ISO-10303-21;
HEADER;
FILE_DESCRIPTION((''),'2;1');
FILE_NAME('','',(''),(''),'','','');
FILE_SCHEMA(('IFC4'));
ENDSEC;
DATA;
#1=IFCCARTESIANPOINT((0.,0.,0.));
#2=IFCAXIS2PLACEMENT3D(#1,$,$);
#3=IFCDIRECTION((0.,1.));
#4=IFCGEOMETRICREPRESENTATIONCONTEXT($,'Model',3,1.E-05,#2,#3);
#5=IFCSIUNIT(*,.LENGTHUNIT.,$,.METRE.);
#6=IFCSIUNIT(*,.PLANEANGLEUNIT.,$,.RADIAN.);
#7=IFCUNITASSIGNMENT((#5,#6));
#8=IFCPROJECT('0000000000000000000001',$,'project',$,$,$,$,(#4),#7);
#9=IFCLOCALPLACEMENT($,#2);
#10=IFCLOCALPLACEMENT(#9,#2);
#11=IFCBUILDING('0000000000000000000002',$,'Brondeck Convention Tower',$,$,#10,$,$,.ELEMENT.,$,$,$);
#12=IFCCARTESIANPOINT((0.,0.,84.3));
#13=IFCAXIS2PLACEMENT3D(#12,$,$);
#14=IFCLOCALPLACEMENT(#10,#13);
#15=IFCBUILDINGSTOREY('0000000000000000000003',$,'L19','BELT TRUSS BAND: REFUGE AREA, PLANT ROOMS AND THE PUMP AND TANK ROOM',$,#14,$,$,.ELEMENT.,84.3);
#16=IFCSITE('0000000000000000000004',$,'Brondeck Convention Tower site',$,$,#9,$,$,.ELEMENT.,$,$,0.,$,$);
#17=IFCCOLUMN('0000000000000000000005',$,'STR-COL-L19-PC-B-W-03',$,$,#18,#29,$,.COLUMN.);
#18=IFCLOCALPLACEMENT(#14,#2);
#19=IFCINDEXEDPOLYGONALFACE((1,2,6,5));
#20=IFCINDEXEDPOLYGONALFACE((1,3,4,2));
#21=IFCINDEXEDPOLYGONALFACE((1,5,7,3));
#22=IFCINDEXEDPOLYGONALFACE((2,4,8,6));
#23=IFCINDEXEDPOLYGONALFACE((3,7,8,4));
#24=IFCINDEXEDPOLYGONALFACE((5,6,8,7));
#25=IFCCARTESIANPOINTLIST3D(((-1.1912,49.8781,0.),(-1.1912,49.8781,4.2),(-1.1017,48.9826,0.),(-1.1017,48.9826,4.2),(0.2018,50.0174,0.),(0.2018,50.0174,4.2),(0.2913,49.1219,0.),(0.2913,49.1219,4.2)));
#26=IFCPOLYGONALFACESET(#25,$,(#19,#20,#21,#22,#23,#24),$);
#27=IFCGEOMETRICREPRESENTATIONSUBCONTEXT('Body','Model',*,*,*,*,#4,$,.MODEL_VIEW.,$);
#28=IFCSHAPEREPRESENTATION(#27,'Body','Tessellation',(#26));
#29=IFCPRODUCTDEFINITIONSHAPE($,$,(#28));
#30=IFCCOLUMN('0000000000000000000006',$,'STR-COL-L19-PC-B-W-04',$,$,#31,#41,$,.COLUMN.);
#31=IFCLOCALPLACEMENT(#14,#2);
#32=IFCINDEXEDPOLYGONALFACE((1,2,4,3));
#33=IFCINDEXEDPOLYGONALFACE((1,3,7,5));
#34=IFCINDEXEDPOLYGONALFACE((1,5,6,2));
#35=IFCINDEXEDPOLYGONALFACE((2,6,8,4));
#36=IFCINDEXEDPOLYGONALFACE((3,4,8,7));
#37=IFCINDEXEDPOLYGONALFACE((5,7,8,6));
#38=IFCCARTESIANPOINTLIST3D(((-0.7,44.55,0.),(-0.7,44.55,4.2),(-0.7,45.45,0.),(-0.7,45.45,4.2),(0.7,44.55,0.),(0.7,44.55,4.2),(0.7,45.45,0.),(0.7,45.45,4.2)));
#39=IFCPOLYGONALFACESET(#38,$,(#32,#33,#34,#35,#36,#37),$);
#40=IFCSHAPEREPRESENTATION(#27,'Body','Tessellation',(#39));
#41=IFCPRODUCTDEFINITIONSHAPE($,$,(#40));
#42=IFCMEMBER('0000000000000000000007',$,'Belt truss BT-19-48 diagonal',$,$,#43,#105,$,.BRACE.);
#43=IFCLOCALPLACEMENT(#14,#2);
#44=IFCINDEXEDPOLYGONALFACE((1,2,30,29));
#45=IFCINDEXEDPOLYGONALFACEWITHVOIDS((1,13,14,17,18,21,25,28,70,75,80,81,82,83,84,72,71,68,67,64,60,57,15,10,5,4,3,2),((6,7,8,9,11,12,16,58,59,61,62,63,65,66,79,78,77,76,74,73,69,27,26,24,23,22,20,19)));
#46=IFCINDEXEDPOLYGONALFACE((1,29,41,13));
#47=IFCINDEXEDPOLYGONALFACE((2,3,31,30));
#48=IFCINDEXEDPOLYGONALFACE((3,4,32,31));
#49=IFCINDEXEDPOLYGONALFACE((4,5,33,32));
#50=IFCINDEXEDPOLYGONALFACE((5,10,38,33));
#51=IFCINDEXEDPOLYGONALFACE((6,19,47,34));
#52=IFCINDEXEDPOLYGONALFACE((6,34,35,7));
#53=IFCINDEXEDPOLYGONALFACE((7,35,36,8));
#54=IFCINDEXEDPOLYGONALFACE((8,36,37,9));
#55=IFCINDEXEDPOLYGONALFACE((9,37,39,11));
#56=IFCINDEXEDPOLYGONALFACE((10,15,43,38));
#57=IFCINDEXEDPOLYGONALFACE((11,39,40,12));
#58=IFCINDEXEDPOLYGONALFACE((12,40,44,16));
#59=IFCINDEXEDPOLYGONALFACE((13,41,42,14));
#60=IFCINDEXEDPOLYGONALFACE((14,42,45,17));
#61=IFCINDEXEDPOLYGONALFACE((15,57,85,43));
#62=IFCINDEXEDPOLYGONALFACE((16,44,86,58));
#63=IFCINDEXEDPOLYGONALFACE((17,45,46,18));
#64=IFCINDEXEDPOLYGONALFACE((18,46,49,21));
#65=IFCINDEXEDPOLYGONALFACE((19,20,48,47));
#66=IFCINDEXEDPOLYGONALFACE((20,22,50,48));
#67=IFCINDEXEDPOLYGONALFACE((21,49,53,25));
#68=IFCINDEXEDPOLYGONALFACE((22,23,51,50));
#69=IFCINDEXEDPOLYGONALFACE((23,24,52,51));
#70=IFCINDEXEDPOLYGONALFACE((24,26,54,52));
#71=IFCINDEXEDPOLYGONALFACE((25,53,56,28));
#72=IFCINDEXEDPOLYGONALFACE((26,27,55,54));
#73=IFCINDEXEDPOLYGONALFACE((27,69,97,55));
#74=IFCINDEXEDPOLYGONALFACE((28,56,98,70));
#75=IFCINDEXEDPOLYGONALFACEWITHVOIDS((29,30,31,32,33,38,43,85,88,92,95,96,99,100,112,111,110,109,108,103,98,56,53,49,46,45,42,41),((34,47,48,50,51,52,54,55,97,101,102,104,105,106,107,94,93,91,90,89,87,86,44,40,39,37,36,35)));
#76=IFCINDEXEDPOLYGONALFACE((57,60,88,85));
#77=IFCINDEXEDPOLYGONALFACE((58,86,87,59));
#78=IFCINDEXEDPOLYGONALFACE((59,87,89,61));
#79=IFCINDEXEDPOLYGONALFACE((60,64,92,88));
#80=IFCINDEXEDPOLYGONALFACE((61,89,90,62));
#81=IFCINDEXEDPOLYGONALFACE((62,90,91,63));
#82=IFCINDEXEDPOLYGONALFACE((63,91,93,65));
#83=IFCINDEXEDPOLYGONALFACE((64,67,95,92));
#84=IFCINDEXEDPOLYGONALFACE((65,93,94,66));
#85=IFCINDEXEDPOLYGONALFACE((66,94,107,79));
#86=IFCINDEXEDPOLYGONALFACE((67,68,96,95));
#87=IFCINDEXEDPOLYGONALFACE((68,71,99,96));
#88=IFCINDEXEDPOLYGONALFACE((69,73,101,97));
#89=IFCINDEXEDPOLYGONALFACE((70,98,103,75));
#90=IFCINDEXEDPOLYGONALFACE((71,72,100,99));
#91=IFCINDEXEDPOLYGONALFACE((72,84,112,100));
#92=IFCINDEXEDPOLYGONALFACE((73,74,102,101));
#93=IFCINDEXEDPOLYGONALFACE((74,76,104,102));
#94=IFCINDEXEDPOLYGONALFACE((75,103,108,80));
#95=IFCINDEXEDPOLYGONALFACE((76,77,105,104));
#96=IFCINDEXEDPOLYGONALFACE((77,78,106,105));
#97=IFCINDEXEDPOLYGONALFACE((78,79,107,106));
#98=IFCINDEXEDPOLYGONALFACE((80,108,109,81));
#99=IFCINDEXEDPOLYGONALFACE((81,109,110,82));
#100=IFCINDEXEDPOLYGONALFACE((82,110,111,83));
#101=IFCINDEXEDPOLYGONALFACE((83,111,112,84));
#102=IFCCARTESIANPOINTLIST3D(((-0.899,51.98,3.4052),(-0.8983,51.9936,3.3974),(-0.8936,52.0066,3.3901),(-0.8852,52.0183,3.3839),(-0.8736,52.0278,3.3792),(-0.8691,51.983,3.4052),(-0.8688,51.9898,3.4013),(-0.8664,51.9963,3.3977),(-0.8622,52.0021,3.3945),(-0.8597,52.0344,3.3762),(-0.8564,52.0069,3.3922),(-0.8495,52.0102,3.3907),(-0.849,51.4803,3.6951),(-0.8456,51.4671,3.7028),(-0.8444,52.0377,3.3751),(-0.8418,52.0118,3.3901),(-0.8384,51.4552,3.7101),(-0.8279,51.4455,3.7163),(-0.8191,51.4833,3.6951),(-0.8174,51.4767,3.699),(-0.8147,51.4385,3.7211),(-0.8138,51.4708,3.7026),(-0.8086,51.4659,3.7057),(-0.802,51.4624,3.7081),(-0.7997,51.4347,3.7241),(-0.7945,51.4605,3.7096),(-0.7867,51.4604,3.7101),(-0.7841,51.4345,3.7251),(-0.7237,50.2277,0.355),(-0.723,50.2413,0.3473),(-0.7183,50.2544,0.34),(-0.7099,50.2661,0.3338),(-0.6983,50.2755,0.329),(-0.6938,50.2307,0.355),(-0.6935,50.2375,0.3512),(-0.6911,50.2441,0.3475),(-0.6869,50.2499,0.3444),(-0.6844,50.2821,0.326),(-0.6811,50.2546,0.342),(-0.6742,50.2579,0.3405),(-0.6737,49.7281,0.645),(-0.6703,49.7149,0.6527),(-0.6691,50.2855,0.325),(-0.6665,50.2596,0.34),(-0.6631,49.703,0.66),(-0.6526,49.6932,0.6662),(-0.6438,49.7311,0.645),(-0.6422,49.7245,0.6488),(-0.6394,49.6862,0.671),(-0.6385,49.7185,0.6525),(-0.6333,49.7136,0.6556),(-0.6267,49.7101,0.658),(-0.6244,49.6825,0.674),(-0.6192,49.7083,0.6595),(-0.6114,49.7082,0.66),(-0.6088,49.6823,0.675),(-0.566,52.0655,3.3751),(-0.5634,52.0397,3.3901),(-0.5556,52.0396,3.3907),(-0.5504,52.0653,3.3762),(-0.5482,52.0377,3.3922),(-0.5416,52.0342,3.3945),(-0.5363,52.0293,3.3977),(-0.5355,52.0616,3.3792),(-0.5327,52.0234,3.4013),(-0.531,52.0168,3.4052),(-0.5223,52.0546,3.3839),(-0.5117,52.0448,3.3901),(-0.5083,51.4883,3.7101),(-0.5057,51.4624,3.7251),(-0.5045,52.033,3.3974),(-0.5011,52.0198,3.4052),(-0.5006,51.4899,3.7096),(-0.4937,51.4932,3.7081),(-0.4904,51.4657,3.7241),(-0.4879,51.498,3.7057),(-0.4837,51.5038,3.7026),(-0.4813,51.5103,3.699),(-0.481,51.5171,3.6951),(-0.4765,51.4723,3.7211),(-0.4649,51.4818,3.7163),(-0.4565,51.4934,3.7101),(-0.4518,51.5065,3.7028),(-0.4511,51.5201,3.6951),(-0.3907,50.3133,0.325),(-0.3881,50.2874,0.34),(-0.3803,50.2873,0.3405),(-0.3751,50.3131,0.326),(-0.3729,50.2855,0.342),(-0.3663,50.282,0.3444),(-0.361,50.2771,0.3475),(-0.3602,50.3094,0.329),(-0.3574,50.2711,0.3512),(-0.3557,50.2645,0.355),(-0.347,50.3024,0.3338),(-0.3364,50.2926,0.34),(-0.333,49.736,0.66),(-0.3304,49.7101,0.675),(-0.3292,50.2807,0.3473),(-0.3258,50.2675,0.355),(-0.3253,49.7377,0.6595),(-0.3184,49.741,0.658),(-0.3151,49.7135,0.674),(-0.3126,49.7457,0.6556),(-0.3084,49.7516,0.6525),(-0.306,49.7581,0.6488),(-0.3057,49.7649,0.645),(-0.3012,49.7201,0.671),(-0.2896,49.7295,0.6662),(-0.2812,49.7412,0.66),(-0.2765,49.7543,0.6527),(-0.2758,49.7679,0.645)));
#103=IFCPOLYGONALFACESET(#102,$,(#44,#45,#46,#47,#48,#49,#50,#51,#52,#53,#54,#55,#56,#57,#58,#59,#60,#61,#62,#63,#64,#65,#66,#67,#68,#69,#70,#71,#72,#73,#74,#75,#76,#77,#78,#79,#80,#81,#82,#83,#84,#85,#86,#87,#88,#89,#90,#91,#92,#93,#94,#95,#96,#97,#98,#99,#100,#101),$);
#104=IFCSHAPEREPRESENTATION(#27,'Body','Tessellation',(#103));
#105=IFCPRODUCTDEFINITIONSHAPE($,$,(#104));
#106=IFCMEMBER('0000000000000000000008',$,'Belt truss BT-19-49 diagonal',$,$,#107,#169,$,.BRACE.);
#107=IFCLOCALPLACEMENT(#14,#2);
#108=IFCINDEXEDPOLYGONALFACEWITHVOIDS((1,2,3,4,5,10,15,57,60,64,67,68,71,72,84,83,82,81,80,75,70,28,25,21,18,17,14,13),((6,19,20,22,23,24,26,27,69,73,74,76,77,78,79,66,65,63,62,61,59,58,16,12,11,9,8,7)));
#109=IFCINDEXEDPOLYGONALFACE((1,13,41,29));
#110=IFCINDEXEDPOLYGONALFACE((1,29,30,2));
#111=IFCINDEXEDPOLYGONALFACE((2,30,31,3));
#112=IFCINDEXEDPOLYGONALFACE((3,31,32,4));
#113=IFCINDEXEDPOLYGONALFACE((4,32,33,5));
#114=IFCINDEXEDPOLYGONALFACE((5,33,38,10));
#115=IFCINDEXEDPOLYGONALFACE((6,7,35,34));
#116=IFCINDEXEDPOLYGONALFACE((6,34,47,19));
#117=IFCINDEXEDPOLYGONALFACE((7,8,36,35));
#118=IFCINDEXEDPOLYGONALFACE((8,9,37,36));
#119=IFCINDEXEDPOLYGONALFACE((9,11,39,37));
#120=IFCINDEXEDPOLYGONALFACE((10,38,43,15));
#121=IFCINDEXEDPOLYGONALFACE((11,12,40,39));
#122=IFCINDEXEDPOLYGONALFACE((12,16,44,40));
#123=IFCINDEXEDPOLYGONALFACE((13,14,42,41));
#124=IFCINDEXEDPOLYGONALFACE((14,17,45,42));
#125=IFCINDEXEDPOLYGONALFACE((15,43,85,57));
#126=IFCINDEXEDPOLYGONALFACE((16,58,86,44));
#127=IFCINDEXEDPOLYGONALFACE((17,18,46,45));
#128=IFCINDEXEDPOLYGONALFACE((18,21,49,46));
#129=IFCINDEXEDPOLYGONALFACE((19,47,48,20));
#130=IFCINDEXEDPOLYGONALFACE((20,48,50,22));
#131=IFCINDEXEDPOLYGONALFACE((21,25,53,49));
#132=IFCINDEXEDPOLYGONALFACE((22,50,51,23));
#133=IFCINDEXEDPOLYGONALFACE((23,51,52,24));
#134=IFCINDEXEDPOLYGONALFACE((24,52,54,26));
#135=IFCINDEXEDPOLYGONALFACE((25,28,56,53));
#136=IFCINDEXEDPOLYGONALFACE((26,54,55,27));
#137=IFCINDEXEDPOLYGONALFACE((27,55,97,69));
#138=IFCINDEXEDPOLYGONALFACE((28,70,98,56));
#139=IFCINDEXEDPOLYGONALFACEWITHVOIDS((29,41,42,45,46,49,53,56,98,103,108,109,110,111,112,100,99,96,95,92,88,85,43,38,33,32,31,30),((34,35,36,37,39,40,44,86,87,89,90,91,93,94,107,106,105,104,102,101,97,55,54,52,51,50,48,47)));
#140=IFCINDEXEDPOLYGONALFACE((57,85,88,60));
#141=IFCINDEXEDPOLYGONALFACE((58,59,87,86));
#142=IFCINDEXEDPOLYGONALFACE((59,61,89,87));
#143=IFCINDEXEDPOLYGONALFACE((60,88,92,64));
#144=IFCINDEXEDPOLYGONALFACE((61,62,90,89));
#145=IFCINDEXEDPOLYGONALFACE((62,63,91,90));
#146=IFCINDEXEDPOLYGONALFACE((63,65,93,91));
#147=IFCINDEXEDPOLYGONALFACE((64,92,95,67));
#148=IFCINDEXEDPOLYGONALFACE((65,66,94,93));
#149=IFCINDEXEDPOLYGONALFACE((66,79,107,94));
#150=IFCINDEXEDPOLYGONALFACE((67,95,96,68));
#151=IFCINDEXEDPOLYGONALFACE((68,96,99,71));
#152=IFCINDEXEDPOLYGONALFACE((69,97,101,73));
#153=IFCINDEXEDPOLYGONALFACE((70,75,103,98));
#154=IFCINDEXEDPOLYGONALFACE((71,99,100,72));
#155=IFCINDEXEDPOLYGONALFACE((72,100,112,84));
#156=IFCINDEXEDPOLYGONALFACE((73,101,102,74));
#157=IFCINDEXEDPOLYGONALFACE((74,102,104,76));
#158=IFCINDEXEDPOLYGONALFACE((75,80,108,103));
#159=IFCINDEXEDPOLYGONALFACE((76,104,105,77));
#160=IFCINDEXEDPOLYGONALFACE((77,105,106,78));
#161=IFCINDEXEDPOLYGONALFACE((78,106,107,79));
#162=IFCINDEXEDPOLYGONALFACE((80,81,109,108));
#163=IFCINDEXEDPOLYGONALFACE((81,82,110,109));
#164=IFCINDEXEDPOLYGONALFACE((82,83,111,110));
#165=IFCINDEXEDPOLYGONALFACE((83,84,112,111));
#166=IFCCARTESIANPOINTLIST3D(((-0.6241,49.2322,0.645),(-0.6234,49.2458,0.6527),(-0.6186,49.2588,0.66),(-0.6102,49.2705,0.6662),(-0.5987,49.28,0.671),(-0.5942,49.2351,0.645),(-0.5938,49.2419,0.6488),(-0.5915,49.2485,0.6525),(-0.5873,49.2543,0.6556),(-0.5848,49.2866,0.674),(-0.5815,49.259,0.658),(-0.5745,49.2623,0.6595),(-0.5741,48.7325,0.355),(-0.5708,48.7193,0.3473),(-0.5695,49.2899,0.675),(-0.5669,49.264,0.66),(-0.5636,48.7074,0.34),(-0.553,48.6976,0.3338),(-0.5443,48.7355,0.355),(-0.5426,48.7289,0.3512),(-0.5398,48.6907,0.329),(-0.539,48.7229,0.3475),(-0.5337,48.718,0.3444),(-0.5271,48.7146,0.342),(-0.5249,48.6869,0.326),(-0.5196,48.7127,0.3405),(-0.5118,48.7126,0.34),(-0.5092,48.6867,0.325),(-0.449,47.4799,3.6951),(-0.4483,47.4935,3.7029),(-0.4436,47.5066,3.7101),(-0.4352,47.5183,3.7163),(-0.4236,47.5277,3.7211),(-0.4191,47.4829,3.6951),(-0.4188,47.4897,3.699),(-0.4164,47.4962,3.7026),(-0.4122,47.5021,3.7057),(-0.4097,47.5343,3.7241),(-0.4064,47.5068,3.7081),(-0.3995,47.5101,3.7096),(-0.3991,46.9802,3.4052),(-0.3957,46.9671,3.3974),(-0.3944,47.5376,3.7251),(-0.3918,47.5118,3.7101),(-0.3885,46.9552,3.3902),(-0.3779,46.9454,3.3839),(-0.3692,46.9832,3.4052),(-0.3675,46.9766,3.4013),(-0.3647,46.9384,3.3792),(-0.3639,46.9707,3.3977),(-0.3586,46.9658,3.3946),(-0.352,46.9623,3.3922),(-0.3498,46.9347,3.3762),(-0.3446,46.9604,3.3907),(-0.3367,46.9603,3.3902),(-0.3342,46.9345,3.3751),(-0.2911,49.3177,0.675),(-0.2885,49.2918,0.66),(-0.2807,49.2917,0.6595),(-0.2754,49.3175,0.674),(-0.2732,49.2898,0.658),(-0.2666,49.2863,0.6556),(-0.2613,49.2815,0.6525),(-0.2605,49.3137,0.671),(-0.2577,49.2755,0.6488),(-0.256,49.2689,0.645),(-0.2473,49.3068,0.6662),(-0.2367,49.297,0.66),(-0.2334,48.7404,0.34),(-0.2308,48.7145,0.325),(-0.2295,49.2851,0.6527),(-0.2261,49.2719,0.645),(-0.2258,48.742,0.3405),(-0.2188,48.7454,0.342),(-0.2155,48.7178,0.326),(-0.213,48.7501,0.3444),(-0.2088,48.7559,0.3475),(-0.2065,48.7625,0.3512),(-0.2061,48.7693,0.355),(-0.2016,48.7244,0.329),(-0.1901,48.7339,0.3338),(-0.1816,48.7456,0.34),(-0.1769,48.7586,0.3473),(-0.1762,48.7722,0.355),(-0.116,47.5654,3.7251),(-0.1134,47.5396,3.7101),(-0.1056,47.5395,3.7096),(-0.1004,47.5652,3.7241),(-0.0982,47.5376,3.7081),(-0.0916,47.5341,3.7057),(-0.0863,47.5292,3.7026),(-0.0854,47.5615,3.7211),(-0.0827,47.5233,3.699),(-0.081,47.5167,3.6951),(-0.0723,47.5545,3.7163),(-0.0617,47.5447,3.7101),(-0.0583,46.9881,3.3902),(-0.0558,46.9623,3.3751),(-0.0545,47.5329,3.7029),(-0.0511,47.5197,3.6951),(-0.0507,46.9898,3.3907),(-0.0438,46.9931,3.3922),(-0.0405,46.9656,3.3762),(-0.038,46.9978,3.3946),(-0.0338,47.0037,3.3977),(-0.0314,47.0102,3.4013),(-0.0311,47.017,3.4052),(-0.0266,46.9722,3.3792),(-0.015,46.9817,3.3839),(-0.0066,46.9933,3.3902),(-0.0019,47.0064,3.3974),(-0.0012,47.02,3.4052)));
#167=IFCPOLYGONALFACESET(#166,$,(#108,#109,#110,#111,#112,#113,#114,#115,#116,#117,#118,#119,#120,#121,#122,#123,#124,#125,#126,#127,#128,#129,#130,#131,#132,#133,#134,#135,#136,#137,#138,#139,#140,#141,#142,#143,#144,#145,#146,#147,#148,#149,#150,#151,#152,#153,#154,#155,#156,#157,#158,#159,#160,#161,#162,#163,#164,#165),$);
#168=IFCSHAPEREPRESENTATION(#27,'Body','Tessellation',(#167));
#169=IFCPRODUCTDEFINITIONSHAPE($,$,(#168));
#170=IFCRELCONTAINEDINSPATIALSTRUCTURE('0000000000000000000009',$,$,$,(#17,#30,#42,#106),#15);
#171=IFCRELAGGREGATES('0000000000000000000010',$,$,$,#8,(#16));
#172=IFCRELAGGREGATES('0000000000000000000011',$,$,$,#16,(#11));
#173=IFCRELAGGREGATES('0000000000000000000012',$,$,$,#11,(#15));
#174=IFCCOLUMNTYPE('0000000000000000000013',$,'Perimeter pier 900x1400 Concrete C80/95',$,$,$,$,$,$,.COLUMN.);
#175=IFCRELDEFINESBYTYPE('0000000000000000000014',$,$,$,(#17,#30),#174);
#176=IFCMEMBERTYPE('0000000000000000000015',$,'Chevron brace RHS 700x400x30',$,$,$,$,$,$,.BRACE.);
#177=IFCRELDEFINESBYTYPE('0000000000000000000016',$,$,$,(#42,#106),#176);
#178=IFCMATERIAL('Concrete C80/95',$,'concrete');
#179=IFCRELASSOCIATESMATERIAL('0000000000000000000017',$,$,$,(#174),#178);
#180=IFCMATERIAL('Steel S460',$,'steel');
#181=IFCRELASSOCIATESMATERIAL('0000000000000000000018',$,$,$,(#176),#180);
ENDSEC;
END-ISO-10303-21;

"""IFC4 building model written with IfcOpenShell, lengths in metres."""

from ifc_helpers import new_model, si_unit, direction, frame, origin, origin_2d, place, context, subcontext, project, spatial, rectangle, hollow_rectangle, extrude, material, material_profile, profile_set, type_object, element, save


model = new_model("IFC4")

# Units and contexts
model_context = context("Model", 3, precision=1e-05, world=origin(), true_north=direction((0.0, 1.0)))
body_context = subcontext(model_context, "Body", "Model", "MODEL_VIEW")
ifc_project = project(units=[si_unit("LENGTHUNIT", "METRE"), si_unit("PLANEANGLEUNIT", "RADIAN")], contexts=[model_context])

# Site, building, storey
site_placement = place(None, origin())
site = spatial("IfcSite", under=ifc_project, at=site_placement, Name="Brondeck Convention Tower site", CompositionType="ELEMENT", RefElevation=0.0)
building_placement = place(site_placement, origin())
building = spatial("IfcBuilding", under=site, at=building_placement, Name="Brondeck Convention Tower", CompositionType="ELEMENT")
storey_placement = place(building_placement, frame((0.0, 0.0, 84.3)))
storey = spatial("IfcBuildingStorey", under=building, at=storey_placement, Name="L19", Description="BELT TRUSS BAND: REFUGE AREA, PLANT ROOMS AND THE PUMP AND TANK ROOM", CompositionType="ELEMENT", Elevation=84.3)

# Columns
ifc_material_1 = material(Name="Concrete C80/95", Category="concrete")
ifc_material_profile_1 = material_profile(ifc_material_1, rectangle(XDim=0.8999, YDim=1.3999, at=origin_2d()), Name="Perimeter pier 900x1400 Concrete C80/95")
ifc_profile_set_1 = profile_set([ifc_material_profile_1], Name="Concrete C80/95")
column_type = type_object("IfcColumnType", Name="Perimeter pier 900x1400 Concrete C80/95", PredefinedType="COLUMN", material=ifc_profile_set_1)
for number, where, z_axis, x_axis, name in (
    (1, (-0.45, 49.5, 0.0), (0.0, 0.0, 1.0), (0.099504, -0.995037, 0.0), "STR-COL-L19-PC-B-W-03"),
    (2, (0.0, 45.0, 0.0), (0.0, 0.0, 1.0), (0.0, -1.0, 0.0), "STR-COL-L19-PC-B-W-04"),
):
    element("IfcColumn", number, at=place(storey_placement, frame(where, z_axis=z_axis, x_axis=x_axis)), inside=storey, type_object=column_type, Name=name, PredefinedType="COLUMN", context=body_context, shape_type="SweptSolid", body=[
        extrude(rectangle(XDim=0.8999, YDim=1.3999, at=origin_2d()), origin(), (0.0, 0.0, 1.0), 4.2),
    ])

# Members
ifc_material_2 = material(Name="Steel S460", Category="steel")
ifc_material_profile_2 = material_profile(ifc_material_2, hollow_rectangle(XDim=0.3999, YDim=0.7, WallThickness=0.03, InnerFilletRadius=0.03, OuterFilletRadius=0.0601, at=origin_2d()), Name="RHS 700x400x30")
ifc_profile_set_2 = profile_set([ifc_material_profile_2], Name="Steel S460")
member_type_1 = type_object("IfcMemberType", Name="Chevron brace RHS 700x400x30", PredefinedType="BRACE", material=ifc_profile_set_2)
for number, where, z_axis, x_axis, name in (
    (3, (-0.4998, 49.9978, 0.5), (-0.049772, 0.497516, 0.866026), (-0.995033, -0.099545, 0.0), "Belt truss BT-19-48 diagonal"),
    (4, (-0.4001, 49.0022, 0.5), (0.049703, -0.497518, 0.866029), (0.995047, 0.099408, 0.0), "Belt truss BT-19-49 diagonal"),
):
    element("IfcMember", number, at=place(storey_placement, frame(where, z_axis=z_axis, x_axis=x_axis)), inside=storey, type_object=member_type_1, Name=name, PredefinedType="BRACE", context=body_context, shape_type="SweptSolid", body=[
        extrude(hollow_rectangle(XDim=0.3999, YDim=0.7, WallThickness=0.03, InnerFilletRadius=0.03, OuterFilletRadius=0.0601, at=origin_2d()), origin(), (0.0, 0.0, 1.0), 3.522),
    ])

save(model, "model.ifc")
